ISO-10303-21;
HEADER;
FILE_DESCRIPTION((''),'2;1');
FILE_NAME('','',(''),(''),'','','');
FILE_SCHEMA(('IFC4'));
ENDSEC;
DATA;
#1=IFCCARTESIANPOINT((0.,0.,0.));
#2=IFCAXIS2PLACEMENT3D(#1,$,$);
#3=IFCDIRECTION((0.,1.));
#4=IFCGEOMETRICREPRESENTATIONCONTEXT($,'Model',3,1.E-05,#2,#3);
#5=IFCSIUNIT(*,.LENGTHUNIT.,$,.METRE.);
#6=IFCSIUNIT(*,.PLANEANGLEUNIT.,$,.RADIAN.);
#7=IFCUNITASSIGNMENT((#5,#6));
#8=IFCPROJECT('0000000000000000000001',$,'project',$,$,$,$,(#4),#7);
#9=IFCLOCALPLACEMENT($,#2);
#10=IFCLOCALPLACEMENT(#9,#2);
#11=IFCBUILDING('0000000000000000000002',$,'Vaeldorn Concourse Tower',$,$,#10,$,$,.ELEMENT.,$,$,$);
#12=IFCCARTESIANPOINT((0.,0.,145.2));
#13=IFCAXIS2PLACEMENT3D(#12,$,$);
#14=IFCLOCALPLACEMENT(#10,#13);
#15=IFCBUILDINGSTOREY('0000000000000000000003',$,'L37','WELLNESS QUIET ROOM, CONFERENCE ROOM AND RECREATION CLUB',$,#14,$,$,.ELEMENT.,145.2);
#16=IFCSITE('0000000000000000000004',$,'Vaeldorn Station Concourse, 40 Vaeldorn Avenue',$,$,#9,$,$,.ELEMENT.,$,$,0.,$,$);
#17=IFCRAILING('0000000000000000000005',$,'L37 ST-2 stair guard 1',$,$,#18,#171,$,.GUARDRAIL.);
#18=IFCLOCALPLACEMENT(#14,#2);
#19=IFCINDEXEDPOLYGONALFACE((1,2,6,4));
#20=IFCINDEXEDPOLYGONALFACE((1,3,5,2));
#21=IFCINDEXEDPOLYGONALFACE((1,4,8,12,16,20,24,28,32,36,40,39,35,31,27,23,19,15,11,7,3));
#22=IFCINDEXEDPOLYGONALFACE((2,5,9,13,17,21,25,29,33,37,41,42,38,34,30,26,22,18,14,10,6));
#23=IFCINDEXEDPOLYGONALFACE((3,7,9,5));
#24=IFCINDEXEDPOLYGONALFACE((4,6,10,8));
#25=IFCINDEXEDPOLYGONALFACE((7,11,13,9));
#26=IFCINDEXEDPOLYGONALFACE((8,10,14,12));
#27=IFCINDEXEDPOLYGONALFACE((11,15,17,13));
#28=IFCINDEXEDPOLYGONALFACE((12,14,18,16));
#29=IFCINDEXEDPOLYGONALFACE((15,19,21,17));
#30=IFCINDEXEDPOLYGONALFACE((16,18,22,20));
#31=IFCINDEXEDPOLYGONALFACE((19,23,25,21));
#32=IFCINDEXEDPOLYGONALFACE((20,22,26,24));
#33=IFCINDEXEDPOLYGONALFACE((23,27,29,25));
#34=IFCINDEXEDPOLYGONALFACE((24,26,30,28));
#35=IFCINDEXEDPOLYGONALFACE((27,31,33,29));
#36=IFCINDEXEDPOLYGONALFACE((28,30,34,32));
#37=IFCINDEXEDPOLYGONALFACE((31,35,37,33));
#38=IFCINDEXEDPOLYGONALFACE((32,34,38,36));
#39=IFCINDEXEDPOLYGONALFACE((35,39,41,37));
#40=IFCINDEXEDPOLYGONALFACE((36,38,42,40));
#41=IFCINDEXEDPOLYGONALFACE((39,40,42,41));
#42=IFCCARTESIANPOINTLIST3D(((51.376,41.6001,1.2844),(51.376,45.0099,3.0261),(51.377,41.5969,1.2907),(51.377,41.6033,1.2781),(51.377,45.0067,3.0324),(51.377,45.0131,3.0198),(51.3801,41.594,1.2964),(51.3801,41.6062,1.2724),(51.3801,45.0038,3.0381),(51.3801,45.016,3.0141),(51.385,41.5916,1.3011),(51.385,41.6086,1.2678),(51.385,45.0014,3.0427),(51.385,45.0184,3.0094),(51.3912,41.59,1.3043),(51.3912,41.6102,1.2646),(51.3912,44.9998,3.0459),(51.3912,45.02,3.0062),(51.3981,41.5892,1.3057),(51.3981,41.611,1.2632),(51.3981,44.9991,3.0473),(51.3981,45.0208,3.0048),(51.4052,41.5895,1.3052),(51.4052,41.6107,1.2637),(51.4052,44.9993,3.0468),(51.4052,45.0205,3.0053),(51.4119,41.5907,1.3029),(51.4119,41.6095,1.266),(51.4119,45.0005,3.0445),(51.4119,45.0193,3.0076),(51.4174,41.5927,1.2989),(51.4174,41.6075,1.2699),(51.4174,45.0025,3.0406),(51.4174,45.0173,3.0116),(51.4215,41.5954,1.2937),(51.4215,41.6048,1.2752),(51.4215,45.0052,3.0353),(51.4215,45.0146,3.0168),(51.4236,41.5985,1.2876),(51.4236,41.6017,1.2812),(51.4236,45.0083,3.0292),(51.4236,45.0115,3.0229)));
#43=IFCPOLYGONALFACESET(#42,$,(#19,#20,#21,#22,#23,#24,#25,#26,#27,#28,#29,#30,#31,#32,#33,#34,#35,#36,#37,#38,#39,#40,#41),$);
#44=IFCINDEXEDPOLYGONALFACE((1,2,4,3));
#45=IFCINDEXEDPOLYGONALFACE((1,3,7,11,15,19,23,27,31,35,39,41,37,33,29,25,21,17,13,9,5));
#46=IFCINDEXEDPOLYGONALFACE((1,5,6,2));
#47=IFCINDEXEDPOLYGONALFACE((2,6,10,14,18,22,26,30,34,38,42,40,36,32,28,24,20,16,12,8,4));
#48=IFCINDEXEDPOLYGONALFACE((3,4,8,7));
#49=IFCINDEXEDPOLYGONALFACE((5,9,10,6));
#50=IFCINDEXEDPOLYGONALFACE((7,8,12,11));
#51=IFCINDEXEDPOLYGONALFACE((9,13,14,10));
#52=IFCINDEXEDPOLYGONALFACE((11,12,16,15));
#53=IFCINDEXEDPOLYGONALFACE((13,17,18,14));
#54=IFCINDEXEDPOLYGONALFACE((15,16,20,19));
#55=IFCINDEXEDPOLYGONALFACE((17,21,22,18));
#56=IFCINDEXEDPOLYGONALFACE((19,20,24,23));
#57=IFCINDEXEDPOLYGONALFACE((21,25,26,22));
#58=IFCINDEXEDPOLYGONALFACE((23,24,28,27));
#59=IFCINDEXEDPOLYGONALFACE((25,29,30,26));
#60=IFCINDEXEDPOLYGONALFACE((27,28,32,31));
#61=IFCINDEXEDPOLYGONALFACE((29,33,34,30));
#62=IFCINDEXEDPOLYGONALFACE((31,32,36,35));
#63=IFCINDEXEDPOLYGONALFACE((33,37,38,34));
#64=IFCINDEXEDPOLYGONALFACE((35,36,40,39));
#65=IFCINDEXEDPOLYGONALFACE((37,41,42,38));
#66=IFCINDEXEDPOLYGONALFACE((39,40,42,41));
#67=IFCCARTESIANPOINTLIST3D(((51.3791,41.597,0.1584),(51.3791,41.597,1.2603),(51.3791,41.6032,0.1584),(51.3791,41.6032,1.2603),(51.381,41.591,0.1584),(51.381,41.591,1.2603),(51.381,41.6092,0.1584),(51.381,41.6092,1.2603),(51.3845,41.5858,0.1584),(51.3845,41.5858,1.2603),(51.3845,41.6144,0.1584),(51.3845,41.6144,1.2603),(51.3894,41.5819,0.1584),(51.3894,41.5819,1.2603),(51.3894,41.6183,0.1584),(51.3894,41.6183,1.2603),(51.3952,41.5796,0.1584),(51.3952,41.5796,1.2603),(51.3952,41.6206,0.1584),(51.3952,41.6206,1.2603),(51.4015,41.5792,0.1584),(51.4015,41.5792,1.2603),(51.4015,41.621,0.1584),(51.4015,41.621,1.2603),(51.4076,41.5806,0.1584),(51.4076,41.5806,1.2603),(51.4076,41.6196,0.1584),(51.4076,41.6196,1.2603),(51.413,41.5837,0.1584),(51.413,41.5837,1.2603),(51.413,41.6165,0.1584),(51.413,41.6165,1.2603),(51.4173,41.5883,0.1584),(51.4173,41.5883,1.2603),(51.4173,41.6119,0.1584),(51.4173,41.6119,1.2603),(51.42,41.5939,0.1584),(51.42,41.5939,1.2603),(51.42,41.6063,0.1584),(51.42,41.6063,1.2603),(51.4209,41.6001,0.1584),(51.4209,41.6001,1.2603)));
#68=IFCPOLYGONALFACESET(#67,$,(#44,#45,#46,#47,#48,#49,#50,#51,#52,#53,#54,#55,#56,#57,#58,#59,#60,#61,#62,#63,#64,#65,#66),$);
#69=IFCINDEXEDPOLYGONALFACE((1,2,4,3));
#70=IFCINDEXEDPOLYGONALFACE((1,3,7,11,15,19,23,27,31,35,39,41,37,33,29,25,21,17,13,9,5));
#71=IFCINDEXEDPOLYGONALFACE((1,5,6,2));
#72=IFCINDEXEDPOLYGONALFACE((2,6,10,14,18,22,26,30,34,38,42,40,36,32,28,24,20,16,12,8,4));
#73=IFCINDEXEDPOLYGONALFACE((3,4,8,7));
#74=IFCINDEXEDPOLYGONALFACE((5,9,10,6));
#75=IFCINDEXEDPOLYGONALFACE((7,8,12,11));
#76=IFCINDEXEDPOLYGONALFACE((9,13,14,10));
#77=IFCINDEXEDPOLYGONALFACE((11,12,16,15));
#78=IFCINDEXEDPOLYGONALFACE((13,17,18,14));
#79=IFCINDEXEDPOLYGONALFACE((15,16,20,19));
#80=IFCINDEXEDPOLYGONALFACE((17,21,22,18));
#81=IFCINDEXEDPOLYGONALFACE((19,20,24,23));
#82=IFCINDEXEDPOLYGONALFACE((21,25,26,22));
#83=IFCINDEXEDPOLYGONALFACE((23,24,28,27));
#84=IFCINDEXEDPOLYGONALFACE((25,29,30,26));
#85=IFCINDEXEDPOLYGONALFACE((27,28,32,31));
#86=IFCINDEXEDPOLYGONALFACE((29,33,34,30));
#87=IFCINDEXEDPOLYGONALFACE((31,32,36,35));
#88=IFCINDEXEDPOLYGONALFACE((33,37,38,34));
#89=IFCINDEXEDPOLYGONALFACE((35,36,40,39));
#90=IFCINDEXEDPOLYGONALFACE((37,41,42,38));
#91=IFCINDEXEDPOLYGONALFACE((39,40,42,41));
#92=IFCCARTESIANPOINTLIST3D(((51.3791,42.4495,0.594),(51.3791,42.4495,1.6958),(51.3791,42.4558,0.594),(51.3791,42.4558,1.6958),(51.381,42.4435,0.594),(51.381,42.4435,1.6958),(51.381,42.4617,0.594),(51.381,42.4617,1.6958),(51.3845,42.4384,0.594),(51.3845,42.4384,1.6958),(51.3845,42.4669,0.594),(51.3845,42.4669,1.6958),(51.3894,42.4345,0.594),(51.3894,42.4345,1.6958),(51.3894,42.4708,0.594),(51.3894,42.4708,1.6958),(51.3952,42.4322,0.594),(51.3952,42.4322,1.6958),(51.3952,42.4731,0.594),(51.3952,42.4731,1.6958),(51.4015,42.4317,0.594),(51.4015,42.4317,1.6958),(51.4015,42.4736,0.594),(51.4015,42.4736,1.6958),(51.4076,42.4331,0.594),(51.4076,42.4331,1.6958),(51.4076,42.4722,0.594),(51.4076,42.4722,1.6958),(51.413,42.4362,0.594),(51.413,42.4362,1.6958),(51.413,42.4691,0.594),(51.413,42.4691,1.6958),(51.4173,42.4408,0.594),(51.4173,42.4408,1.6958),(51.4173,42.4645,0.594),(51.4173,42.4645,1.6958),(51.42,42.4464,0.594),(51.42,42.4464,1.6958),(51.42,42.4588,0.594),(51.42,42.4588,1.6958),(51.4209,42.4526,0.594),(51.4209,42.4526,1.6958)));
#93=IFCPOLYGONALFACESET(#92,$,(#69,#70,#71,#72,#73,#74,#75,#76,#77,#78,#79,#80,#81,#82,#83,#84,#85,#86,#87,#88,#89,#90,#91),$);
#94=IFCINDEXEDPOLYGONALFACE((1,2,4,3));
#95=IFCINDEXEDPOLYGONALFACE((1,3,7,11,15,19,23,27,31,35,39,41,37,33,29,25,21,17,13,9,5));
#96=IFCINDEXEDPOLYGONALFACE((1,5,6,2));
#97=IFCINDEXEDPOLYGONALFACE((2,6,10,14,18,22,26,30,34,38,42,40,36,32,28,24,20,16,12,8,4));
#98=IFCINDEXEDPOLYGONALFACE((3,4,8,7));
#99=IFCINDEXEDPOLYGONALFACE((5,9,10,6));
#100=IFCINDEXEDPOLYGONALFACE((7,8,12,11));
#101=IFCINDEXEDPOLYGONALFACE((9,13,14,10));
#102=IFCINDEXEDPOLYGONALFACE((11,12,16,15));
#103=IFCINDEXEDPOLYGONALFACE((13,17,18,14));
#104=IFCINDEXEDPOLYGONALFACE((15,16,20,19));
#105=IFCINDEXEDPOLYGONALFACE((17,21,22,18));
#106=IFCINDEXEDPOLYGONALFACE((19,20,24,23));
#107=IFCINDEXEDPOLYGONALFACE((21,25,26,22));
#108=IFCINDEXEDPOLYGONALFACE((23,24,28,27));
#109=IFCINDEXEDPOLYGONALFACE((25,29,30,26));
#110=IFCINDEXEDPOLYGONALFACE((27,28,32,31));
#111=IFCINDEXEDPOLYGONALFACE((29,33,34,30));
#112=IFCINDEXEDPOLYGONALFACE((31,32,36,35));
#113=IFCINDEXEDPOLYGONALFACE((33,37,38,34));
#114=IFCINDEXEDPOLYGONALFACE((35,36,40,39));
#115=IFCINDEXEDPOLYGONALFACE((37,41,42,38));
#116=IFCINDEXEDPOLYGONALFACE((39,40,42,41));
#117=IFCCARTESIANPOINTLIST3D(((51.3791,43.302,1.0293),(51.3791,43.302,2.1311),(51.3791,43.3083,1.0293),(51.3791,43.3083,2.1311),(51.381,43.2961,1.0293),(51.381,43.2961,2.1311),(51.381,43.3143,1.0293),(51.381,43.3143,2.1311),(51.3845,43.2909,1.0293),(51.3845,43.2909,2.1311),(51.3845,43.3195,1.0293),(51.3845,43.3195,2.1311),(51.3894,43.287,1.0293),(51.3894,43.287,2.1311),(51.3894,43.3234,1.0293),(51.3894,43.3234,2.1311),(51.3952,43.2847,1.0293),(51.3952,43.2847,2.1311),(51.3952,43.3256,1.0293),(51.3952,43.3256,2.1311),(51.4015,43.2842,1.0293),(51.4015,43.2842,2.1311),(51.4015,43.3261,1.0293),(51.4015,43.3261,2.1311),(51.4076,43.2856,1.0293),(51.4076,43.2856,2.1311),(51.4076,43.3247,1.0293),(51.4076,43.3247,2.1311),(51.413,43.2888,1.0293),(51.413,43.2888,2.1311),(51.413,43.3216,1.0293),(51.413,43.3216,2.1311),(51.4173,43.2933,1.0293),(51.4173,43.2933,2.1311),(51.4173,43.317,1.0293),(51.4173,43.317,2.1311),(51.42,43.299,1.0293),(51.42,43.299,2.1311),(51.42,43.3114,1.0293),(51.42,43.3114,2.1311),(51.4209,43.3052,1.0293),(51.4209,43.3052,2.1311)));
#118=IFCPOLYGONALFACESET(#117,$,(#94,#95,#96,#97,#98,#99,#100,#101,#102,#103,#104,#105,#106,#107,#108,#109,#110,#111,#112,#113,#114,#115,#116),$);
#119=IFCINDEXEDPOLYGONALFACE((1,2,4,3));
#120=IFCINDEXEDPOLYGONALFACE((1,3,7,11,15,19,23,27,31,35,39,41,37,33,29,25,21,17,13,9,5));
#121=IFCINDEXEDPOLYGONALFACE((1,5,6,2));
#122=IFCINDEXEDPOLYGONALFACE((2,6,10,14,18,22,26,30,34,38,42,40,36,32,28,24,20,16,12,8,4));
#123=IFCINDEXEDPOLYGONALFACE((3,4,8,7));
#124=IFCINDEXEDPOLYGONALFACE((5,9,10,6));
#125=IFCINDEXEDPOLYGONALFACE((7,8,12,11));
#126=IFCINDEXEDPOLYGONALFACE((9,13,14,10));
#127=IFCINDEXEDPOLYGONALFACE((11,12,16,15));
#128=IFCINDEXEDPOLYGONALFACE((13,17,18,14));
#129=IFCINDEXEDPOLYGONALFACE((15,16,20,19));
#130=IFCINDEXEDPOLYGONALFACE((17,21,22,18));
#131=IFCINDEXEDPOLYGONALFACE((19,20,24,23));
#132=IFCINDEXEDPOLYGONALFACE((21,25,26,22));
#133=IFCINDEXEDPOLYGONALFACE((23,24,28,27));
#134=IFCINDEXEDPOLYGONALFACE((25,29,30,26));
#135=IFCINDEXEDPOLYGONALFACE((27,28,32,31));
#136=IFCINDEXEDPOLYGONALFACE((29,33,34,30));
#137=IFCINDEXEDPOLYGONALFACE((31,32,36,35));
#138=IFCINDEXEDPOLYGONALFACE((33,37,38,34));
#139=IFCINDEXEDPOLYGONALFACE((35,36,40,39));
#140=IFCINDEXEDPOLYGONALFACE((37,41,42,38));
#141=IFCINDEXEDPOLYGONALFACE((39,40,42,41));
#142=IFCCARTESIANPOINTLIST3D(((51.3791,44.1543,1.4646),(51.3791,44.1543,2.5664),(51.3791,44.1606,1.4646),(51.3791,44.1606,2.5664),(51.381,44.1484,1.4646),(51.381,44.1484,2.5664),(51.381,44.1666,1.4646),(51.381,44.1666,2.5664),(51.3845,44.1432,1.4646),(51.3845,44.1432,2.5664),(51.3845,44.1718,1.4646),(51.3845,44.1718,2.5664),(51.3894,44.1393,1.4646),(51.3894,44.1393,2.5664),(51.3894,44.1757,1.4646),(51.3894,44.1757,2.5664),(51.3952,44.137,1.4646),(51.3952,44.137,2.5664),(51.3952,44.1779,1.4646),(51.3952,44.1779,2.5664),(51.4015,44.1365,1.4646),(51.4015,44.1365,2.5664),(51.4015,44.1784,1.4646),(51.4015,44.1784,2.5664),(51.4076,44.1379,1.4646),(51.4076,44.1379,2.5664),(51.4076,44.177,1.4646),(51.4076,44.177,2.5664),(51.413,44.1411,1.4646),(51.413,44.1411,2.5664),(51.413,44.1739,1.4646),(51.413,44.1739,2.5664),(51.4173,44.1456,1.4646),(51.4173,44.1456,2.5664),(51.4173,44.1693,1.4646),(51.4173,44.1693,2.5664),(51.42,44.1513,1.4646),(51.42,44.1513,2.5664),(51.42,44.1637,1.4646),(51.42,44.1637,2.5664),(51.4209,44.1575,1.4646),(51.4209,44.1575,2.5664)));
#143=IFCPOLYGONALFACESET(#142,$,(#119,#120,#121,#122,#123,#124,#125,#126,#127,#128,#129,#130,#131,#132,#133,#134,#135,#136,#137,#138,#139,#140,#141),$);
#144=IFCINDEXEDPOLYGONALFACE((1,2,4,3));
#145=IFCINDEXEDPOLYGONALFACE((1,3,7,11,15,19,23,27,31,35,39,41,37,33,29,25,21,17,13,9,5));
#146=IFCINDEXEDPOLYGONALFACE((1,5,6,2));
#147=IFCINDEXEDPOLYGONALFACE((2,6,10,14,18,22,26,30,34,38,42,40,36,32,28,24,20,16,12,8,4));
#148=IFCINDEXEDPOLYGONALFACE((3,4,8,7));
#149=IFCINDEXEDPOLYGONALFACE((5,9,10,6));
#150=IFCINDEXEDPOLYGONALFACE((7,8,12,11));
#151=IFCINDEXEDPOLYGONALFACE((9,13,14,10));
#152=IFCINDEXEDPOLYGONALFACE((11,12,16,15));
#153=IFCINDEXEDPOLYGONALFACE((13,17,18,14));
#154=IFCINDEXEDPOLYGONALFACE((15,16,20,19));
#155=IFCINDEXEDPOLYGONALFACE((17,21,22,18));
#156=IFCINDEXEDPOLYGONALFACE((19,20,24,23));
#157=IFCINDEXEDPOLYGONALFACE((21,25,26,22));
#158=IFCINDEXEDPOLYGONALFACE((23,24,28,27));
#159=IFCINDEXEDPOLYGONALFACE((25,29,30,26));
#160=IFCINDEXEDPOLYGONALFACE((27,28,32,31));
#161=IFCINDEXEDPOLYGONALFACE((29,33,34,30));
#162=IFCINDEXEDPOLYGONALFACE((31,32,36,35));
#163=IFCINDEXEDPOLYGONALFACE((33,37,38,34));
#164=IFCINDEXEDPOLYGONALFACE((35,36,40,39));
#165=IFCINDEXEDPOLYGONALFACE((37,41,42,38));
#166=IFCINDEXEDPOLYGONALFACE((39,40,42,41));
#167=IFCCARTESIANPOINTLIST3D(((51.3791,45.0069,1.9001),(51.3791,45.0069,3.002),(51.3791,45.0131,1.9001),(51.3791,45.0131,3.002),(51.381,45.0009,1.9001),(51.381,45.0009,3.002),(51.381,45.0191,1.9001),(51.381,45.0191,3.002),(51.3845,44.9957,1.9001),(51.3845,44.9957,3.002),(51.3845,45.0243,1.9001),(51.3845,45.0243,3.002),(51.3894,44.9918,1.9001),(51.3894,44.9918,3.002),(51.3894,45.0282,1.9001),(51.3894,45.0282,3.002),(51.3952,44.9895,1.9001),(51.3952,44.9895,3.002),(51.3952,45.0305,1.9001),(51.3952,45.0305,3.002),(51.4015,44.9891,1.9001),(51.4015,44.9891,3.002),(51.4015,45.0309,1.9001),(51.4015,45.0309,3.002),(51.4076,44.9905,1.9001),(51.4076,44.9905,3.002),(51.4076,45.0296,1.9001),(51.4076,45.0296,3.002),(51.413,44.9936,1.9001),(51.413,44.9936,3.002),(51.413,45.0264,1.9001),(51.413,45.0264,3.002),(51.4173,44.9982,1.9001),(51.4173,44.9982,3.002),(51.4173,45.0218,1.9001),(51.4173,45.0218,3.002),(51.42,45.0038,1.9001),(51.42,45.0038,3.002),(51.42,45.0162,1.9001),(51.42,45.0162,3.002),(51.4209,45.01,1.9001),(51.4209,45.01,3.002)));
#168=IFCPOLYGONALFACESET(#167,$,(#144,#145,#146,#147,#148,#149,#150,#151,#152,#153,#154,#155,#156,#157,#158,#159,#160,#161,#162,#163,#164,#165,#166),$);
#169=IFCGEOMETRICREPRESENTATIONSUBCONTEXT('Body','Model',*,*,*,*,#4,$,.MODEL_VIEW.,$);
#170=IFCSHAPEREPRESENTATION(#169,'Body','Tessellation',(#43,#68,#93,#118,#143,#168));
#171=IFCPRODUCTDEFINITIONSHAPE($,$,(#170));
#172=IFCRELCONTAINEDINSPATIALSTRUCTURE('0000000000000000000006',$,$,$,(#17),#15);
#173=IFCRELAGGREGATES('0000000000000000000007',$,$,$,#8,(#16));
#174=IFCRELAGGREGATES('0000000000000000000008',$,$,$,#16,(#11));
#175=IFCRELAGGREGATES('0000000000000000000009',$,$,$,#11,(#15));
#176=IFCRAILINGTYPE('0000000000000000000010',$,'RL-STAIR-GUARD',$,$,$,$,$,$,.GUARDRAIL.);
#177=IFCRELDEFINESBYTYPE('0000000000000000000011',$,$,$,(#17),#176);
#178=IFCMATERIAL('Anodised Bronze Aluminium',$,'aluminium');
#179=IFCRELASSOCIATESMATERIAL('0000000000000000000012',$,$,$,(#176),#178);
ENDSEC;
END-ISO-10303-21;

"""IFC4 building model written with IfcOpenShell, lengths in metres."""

from ifc_helpers import new_model, si_unit, direction, frame, origin, origin_2d, place, context, subcontext, project, spatial, circle, extrude, material, type_object, element, save


model = new_model("IFC4")

# Units and contexts
model_context = context("Model", 3, precision=1e-05, world=origin(), true_north=direction((0.0, 1.0)))
body_context = subcontext(model_context, "Body", "Model", "MODEL_VIEW")
ifc_project = project(units=[si_unit("LENGTHUNIT", "METRE"), si_unit("PLANEANGLEUNIT", "RADIAN")], contexts=[model_context])

# Site, building, storey
site_placement = place(None, origin())
site = spatial("IfcSite", under=ifc_project, at=site_placement, Name="Vaeldorn Station Concourse, 40 Vaeldorn Avenue", CompositionType="ELEMENT", RefElevation=0.0)
building_placement = place(site_placement, origin())
building = spatial("IfcBuilding", under=site, at=building_placement, Name="Vaeldorn Concourse Tower", CompositionType="ELEMENT")
storey_placement = place(building_placement, frame((0.0, 0.0, 145.2)))
storey = spatial("IfcBuildingStorey", under=building, at=storey_placement, Name="L37", Description="WELLNESS QUIET ROOM, CONFERENCE ROOM AND RECREATION CLUB", CompositionType="ELEMENT", Elevation=145.2)

# Shared definitions
ifc_material_1 = material(Name="Anodised Bronze Aluminium", Category="aluminium")

# Railing
railing_type_1 = type_object("IfcRailingType", Name="RL-STAIR-GUARD", PredefinedType="GUARDRAIL", material=ifc_material_1)
railing_1_placement = place(storey_placement, frame((51.3999, 41.6001, 0.1584)))
element("IfcRailing", 1, at=railing_1_placement, inside=storey, type_object=railing_type_1, Name="L37 ST-2 stair guard 1", PredefinedType="GUARDRAIL", context=body_context, shape_type="SweptSolid", body=[
    extrude(circle(Radius=0.0239, at=origin_2d()), frame((0.0, 0.0, 1.126), z_axis=(0.0, 0.890556, 0.454874), x_axis=(-1.0, 0.0, 0.0)), (0.0, 0.0, 1.0), 3.8289),
    extrude(circle(Radius=0.021, at=origin_2d()), origin(), (0.0, 0.0, 1.0), 1.1018),
    extrude(circle(Radius=0.021, at=origin_2d()), frame((0.0, 0.8525, 0.4355)), (0.0, 0.0, 1.0), 1.1018),
    extrude(circle(Radius=0.021, at=origin_2d()), frame((0.0, 1.7051, 0.8708)), (0.0, 0.0, 1.0), 1.1018),
    extrude(circle(Radius=0.021, at=origin_2d()), frame((0.0, 2.5574, 1.3062)), (0.0, 0.0, 1.0), 1.1018),
    extrude(circle(Radius=0.021, at=origin_2d()), frame((0.0, 3.4099, 1.7417)), (0.0, 0.0, 1.0), 1.1018),
])

save(model, "model.ifc")
